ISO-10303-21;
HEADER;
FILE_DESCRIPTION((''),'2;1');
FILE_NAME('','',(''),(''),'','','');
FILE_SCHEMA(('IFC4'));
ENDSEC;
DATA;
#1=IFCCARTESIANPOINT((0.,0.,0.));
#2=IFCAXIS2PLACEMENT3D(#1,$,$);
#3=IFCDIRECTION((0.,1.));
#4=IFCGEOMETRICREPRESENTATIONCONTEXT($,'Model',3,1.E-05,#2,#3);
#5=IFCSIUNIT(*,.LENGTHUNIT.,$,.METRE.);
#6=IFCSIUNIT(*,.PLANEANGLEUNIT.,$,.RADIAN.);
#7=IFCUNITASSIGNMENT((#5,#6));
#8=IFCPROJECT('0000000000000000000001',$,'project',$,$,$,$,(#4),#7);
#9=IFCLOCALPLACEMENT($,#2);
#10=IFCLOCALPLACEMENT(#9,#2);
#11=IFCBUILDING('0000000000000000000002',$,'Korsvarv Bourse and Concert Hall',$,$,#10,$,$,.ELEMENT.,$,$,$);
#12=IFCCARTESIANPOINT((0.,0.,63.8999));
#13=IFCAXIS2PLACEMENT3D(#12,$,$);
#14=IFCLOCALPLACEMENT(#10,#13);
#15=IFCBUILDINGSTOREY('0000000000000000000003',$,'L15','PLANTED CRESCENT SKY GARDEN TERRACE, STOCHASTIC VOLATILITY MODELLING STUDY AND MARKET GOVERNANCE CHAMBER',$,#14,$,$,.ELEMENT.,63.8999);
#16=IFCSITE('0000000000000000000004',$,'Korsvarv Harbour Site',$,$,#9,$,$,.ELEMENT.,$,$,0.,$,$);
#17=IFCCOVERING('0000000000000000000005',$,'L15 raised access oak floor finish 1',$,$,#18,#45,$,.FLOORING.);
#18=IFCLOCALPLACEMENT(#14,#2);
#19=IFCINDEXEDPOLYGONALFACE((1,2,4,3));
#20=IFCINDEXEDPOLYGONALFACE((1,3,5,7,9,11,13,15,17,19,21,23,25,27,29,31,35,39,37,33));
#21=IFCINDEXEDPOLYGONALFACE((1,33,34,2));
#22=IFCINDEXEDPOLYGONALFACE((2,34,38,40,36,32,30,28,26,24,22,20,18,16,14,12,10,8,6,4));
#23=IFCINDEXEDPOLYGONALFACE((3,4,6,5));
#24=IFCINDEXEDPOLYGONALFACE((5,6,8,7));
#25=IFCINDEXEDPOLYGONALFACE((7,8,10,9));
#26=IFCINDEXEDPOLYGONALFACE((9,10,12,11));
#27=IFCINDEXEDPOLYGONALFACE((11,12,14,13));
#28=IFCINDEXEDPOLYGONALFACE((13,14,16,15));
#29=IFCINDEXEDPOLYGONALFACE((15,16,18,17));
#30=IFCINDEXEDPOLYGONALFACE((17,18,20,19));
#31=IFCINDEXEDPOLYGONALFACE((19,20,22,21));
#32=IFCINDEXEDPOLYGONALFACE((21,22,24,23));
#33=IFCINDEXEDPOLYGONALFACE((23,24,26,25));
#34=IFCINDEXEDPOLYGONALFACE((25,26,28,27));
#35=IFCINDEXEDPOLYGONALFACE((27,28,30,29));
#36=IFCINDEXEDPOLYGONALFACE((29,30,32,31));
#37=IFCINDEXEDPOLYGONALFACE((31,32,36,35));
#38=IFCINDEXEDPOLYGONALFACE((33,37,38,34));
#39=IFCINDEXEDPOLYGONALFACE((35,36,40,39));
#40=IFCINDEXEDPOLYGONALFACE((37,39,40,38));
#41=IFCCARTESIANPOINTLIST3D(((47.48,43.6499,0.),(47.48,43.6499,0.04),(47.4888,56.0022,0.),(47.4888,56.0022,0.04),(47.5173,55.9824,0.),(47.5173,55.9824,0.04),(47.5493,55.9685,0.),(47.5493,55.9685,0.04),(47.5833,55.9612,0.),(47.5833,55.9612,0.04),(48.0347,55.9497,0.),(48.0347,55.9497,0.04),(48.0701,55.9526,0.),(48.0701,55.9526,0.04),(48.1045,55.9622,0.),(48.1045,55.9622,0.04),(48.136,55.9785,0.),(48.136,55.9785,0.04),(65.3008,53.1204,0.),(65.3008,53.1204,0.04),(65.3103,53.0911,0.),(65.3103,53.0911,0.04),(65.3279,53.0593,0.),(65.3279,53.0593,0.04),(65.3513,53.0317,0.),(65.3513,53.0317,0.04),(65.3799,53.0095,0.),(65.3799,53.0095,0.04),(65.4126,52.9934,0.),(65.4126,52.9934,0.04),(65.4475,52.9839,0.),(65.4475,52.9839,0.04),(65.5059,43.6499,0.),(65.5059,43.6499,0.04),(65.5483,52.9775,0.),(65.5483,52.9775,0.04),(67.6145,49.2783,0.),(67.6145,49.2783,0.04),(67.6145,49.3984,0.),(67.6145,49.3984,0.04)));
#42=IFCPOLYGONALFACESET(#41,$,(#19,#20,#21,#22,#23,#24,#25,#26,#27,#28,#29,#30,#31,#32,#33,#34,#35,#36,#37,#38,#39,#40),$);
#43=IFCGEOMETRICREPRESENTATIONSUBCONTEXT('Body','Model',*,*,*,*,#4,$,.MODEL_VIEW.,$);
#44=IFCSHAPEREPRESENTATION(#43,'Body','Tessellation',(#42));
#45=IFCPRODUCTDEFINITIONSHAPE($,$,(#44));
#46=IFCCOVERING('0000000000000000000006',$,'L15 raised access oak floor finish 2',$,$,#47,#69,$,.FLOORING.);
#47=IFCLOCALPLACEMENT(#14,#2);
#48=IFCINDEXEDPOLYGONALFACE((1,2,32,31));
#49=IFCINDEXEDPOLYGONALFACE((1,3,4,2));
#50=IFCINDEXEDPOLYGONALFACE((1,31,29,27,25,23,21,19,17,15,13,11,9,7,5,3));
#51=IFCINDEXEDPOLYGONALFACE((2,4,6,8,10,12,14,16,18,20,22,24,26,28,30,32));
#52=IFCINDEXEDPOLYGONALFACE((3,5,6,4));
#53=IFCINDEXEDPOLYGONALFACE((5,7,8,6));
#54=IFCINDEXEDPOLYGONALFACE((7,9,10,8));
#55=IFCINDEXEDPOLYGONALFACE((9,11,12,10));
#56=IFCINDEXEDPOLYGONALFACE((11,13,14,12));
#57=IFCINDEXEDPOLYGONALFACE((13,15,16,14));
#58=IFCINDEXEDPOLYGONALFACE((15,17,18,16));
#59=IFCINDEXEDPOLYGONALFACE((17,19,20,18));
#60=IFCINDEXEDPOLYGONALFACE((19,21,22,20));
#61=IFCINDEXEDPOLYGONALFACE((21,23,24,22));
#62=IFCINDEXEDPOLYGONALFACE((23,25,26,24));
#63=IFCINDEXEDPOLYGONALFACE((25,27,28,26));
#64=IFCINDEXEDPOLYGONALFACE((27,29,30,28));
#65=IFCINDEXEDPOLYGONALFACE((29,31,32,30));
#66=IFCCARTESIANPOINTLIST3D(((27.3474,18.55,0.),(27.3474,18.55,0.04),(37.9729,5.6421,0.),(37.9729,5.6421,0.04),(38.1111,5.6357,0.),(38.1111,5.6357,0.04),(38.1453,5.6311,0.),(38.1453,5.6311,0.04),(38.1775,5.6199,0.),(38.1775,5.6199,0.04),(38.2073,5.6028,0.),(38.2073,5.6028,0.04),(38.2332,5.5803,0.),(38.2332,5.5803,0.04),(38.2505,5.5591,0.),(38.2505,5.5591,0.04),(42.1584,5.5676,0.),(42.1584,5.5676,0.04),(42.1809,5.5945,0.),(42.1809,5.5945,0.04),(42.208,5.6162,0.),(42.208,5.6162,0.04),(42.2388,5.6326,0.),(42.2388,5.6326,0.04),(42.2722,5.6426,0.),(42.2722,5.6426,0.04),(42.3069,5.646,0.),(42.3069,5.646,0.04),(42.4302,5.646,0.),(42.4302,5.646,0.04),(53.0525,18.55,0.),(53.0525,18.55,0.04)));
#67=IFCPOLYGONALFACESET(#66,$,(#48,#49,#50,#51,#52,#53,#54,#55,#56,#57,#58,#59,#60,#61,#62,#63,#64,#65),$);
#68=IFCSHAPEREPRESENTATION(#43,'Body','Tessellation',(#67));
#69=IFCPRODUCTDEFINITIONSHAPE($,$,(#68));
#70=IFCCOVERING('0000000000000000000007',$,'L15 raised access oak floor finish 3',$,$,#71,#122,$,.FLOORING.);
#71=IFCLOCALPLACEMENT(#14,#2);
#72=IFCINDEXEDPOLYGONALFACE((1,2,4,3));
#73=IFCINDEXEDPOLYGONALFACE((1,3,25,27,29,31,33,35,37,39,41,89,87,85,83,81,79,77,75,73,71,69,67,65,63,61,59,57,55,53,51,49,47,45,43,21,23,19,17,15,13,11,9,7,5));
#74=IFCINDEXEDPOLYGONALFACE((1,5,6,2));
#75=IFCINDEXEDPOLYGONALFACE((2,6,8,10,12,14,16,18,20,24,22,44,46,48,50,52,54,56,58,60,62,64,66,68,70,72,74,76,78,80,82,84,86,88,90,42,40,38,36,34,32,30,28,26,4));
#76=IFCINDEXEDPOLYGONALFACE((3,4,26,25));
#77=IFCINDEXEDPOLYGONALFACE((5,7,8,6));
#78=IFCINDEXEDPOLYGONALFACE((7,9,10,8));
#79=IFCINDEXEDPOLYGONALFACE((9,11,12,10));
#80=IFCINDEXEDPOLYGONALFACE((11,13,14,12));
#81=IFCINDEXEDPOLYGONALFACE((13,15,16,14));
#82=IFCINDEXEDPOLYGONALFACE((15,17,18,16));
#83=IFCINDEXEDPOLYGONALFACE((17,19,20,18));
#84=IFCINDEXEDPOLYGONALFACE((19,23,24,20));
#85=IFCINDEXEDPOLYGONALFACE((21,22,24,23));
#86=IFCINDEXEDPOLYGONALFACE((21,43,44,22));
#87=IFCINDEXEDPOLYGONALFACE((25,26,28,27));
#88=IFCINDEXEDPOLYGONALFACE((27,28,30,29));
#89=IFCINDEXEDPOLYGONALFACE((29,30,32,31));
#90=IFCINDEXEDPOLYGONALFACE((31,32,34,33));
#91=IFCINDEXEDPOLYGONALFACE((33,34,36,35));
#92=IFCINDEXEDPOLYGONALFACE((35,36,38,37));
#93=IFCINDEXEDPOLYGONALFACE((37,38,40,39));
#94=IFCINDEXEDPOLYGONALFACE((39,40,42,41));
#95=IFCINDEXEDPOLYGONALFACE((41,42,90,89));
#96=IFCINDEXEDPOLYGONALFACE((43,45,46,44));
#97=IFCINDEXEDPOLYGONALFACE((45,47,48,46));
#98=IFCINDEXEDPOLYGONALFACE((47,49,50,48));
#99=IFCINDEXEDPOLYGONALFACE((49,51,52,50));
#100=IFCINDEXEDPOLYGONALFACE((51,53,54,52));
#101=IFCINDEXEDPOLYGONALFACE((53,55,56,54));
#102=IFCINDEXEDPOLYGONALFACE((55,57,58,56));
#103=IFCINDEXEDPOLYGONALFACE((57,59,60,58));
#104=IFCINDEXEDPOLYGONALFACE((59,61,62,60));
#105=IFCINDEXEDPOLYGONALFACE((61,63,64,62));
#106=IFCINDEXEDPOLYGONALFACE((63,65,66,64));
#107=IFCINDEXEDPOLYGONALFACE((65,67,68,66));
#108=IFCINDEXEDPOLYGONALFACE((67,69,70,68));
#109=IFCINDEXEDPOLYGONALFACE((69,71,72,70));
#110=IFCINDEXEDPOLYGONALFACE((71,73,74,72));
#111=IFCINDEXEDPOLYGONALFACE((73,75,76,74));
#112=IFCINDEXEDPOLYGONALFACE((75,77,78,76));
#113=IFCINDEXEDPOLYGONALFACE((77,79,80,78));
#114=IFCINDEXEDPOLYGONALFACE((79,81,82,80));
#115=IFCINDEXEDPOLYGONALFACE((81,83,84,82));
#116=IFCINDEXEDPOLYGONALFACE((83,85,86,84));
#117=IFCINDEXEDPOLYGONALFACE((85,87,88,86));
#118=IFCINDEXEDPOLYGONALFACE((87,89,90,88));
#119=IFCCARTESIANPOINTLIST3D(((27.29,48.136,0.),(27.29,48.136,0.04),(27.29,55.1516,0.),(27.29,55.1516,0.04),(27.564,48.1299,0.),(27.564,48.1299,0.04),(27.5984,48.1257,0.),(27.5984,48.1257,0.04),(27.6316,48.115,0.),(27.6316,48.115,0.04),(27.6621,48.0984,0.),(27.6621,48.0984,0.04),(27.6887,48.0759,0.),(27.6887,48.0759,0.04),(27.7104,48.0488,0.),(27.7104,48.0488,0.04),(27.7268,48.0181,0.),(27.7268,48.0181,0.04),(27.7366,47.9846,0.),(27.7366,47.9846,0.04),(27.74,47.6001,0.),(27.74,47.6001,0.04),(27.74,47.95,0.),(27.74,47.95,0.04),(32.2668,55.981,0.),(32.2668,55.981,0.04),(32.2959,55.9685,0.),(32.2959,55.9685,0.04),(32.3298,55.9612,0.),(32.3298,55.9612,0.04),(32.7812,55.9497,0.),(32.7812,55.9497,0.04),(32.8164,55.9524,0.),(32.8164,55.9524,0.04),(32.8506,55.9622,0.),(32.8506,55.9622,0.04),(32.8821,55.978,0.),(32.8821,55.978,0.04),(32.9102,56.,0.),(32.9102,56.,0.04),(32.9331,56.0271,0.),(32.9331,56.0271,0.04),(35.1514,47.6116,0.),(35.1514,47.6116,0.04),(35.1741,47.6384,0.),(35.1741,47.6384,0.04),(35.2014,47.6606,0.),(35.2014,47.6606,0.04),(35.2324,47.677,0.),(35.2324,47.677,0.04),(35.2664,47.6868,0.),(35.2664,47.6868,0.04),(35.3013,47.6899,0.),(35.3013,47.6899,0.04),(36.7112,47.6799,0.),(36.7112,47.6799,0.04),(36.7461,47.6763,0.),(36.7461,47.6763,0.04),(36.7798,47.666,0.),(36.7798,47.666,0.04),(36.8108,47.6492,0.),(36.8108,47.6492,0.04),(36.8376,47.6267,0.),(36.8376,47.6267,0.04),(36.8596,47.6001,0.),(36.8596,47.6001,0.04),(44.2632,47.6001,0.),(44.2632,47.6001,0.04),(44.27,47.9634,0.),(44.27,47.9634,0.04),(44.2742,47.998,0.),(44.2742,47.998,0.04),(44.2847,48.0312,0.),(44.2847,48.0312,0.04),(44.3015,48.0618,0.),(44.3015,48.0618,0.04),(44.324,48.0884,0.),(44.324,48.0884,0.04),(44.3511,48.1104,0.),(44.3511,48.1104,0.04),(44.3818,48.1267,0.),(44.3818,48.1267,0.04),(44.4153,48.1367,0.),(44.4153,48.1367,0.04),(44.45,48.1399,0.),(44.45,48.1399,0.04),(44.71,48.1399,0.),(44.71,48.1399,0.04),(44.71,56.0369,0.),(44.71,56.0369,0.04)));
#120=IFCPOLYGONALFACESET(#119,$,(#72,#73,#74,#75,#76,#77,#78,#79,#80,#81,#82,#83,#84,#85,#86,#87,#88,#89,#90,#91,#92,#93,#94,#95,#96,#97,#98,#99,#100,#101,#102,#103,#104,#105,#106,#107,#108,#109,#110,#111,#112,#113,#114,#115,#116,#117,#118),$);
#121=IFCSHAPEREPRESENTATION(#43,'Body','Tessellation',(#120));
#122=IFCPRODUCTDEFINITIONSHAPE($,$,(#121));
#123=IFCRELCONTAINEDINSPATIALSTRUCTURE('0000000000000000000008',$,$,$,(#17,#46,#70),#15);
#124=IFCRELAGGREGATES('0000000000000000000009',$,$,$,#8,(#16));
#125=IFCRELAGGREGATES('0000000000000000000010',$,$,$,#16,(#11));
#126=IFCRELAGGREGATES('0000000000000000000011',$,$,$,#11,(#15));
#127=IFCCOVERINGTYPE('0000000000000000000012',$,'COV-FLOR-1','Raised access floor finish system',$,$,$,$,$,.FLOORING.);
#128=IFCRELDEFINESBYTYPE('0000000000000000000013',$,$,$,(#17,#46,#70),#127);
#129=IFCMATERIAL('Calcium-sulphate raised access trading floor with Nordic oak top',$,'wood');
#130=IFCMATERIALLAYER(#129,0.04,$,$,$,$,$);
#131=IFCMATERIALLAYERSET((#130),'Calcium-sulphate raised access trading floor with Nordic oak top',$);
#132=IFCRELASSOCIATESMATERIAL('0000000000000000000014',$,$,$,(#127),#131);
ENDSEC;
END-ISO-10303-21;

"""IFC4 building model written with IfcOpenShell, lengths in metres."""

from ifc_helpers import new_model, si_unit, direction, frame, origin, place, context, subcontext, project, spatial, polyline, outline, extrude, material, layer, layer_set, type_object, element, save


model = new_model("IFC4")

# Units and contexts
model_context = context("Model", 3, precision=1e-05, world=origin(), true_north=direction((0.0, 1.0)))
body_context = subcontext(model_context, "Body", "Model", "MODEL_VIEW")
ifc_project = project(units=[si_unit("LENGTHUNIT", "METRE"), si_unit("PLANEANGLEUNIT", "RADIAN")], contexts=[model_context])

# Site, building, storey
site_placement = place(None, origin())
site = spatial("IfcSite", under=ifc_project, at=site_placement, Name="Korsvarv Harbour Site", CompositionType="ELEMENT", RefElevation=0.0)
building_placement = place(site_placement, origin())
building = spatial("IfcBuilding", under=site, at=building_placement, Name="Korsvarv Bourse and Concert Hall", CompositionType="ELEMENT")
storey_placement = place(building_placement, frame((0.0, 0.0, 63.8999)))
storey = spatial("IfcBuildingStorey", under=building, at=storey_placement, Name="L15", Description="PLANTED CRESCENT SKY GARDEN TERRACE, STOCHASTIC VOLATILITY MODELLING STUDY AND MARKET GOVERNANCE CHAMBER", CompositionType="ELEMENT", Elevation=63.8999)

# Coverings
ifc_material_1 = material(Name="Calcium-sulphate raised access trading floor with Nordic oak top", Category="wood")
ifc_layer_1 = layer(ifc_material_1, 0.04)
ifc_layer_set_1 = layer_set([ifc_layer_1], Name="Calcium-sulphate raised access trading floor with Nordic oak top")
covering_type_1 = type_object("IfcCoveringType", Name="COV-FLOR-1", Description="Raised access floor finish system", PredefinedType="FLOORING", material=ifc_layer_set_1)
covering_1_placement = place(storey_placement, origin())
element("IfcCovering", 1, at=covering_1_placement, inside=storey, type_object=covering_type_1, Name="L15 raised access oak floor finish 1", PredefinedType="FLOORING", context=body_context, shape_type="SweptSolid", body=[
    extrude(outline(polyline([(47.4888, 56.0022), (47.5173, 55.9824), (47.5493, 55.9685), (47.5833, 55.9612), (48.0347, 55.9497), (48.0701, 55.9526), (48.1045, 55.9622), (48.136, 55.9785), (65.3008, 53.1204), (65.3103, 53.0911), (65.3279, 53.0593), (65.3513, 53.0317), (65.3799, 53.0095), (65.4126, 52.9934), (65.4475, 52.9839), (65.5483, 52.9775), (67.6145, 49.3984), (67.6145, 49.2783), (65.5059, 43.6499), (47.48, 43.6499), (47.4888, 56.0022)])), origin(), (0.0, 0.0, 1.0), 0.04),
])
covering_2_placement = place(storey_placement, origin())
element("IfcCovering", 2, at=covering_2_placement, inside=storey, type_object=covering_type_1, Name="L15 raised access oak floor finish 2", PredefinedType="FLOORING", context=body_context, shape_type="SweptSolid", body=[
    extrude(outline(polyline([(53.0525, 18.55), (42.4302, 5.646), (42.3069, 5.646), (42.2722, 5.6426), (42.2388, 5.6326), (42.208, 5.6162), (42.1809, 5.5945), (42.1584, 5.5676), (38.2505, 5.5591), (38.2332, 5.5803), (38.2073, 5.6028), (38.1775, 5.6199), (38.1453, 5.6311), (38.1111, 5.6357), (37.9729, 5.6421), (27.3474, 18.55), (53.0525, 18.55)])), origin(), (0.0, 0.0, 1.0), 0.04),
])
covering_3_placement = place(storey_placement, origin())
element("IfcCovering", 3, at=covering_3_placement, inside=storey, type_object=covering_type_1, Name="L15 raised access oak floor finish 3", PredefinedType="FLOORING", context=body_context, shape_type="SweptSolid", body=[
    extrude(outline(polyline([(32.2668, 55.981), (32.2959, 55.9685), (32.3298, 55.9612), (32.7812, 55.9497), (32.8164, 55.9524), (32.8506, 55.9622), (32.8821, 55.978), (32.9102, 56.0), (32.9331, 56.0271), (44.71, 56.0369), (44.71, 48.1399), (44.45, 48.1399), (44.4153, 48.1367), (44.3818, 48.1267), (44.3511, 48.1104), (44.324, 48.0884), (44.3015, 48.0618), (44.2847, 48.0312), (44.2742, 47.998), (44.27, 47.9634), (44.2632, 47.6001), (36.8596, 47.6001), (36.8376, 47.6267), (36.8108, 47.6492), (36.7798, 47.666), (36.7461, 47.6763), (36.7112, 47.6799), (35.3013, 47.6899), (35.2664, 47.6868), (35.2324, 47.677), (35.2014, 47.6606), (35.1741, 47.6384), (35.1514, 47.6116), (27.74, 47.6001), (27.74, 47.95), (27.7366, 47.9846), (27.7268, 48.0181), (27.7104, 48.0488), (27.6887, 48.0759), (27.6621, 48.0984), (27.6316, 48.115), (27.5984, 48.1257), (27.564, 48.1299), (27.29, 48.136), (27.29, 55.1516), (32.2668, 55.981)])), origin(), (0.0, 0.0, 1.0), 0.04),
])

save(model, "model.ifc")
